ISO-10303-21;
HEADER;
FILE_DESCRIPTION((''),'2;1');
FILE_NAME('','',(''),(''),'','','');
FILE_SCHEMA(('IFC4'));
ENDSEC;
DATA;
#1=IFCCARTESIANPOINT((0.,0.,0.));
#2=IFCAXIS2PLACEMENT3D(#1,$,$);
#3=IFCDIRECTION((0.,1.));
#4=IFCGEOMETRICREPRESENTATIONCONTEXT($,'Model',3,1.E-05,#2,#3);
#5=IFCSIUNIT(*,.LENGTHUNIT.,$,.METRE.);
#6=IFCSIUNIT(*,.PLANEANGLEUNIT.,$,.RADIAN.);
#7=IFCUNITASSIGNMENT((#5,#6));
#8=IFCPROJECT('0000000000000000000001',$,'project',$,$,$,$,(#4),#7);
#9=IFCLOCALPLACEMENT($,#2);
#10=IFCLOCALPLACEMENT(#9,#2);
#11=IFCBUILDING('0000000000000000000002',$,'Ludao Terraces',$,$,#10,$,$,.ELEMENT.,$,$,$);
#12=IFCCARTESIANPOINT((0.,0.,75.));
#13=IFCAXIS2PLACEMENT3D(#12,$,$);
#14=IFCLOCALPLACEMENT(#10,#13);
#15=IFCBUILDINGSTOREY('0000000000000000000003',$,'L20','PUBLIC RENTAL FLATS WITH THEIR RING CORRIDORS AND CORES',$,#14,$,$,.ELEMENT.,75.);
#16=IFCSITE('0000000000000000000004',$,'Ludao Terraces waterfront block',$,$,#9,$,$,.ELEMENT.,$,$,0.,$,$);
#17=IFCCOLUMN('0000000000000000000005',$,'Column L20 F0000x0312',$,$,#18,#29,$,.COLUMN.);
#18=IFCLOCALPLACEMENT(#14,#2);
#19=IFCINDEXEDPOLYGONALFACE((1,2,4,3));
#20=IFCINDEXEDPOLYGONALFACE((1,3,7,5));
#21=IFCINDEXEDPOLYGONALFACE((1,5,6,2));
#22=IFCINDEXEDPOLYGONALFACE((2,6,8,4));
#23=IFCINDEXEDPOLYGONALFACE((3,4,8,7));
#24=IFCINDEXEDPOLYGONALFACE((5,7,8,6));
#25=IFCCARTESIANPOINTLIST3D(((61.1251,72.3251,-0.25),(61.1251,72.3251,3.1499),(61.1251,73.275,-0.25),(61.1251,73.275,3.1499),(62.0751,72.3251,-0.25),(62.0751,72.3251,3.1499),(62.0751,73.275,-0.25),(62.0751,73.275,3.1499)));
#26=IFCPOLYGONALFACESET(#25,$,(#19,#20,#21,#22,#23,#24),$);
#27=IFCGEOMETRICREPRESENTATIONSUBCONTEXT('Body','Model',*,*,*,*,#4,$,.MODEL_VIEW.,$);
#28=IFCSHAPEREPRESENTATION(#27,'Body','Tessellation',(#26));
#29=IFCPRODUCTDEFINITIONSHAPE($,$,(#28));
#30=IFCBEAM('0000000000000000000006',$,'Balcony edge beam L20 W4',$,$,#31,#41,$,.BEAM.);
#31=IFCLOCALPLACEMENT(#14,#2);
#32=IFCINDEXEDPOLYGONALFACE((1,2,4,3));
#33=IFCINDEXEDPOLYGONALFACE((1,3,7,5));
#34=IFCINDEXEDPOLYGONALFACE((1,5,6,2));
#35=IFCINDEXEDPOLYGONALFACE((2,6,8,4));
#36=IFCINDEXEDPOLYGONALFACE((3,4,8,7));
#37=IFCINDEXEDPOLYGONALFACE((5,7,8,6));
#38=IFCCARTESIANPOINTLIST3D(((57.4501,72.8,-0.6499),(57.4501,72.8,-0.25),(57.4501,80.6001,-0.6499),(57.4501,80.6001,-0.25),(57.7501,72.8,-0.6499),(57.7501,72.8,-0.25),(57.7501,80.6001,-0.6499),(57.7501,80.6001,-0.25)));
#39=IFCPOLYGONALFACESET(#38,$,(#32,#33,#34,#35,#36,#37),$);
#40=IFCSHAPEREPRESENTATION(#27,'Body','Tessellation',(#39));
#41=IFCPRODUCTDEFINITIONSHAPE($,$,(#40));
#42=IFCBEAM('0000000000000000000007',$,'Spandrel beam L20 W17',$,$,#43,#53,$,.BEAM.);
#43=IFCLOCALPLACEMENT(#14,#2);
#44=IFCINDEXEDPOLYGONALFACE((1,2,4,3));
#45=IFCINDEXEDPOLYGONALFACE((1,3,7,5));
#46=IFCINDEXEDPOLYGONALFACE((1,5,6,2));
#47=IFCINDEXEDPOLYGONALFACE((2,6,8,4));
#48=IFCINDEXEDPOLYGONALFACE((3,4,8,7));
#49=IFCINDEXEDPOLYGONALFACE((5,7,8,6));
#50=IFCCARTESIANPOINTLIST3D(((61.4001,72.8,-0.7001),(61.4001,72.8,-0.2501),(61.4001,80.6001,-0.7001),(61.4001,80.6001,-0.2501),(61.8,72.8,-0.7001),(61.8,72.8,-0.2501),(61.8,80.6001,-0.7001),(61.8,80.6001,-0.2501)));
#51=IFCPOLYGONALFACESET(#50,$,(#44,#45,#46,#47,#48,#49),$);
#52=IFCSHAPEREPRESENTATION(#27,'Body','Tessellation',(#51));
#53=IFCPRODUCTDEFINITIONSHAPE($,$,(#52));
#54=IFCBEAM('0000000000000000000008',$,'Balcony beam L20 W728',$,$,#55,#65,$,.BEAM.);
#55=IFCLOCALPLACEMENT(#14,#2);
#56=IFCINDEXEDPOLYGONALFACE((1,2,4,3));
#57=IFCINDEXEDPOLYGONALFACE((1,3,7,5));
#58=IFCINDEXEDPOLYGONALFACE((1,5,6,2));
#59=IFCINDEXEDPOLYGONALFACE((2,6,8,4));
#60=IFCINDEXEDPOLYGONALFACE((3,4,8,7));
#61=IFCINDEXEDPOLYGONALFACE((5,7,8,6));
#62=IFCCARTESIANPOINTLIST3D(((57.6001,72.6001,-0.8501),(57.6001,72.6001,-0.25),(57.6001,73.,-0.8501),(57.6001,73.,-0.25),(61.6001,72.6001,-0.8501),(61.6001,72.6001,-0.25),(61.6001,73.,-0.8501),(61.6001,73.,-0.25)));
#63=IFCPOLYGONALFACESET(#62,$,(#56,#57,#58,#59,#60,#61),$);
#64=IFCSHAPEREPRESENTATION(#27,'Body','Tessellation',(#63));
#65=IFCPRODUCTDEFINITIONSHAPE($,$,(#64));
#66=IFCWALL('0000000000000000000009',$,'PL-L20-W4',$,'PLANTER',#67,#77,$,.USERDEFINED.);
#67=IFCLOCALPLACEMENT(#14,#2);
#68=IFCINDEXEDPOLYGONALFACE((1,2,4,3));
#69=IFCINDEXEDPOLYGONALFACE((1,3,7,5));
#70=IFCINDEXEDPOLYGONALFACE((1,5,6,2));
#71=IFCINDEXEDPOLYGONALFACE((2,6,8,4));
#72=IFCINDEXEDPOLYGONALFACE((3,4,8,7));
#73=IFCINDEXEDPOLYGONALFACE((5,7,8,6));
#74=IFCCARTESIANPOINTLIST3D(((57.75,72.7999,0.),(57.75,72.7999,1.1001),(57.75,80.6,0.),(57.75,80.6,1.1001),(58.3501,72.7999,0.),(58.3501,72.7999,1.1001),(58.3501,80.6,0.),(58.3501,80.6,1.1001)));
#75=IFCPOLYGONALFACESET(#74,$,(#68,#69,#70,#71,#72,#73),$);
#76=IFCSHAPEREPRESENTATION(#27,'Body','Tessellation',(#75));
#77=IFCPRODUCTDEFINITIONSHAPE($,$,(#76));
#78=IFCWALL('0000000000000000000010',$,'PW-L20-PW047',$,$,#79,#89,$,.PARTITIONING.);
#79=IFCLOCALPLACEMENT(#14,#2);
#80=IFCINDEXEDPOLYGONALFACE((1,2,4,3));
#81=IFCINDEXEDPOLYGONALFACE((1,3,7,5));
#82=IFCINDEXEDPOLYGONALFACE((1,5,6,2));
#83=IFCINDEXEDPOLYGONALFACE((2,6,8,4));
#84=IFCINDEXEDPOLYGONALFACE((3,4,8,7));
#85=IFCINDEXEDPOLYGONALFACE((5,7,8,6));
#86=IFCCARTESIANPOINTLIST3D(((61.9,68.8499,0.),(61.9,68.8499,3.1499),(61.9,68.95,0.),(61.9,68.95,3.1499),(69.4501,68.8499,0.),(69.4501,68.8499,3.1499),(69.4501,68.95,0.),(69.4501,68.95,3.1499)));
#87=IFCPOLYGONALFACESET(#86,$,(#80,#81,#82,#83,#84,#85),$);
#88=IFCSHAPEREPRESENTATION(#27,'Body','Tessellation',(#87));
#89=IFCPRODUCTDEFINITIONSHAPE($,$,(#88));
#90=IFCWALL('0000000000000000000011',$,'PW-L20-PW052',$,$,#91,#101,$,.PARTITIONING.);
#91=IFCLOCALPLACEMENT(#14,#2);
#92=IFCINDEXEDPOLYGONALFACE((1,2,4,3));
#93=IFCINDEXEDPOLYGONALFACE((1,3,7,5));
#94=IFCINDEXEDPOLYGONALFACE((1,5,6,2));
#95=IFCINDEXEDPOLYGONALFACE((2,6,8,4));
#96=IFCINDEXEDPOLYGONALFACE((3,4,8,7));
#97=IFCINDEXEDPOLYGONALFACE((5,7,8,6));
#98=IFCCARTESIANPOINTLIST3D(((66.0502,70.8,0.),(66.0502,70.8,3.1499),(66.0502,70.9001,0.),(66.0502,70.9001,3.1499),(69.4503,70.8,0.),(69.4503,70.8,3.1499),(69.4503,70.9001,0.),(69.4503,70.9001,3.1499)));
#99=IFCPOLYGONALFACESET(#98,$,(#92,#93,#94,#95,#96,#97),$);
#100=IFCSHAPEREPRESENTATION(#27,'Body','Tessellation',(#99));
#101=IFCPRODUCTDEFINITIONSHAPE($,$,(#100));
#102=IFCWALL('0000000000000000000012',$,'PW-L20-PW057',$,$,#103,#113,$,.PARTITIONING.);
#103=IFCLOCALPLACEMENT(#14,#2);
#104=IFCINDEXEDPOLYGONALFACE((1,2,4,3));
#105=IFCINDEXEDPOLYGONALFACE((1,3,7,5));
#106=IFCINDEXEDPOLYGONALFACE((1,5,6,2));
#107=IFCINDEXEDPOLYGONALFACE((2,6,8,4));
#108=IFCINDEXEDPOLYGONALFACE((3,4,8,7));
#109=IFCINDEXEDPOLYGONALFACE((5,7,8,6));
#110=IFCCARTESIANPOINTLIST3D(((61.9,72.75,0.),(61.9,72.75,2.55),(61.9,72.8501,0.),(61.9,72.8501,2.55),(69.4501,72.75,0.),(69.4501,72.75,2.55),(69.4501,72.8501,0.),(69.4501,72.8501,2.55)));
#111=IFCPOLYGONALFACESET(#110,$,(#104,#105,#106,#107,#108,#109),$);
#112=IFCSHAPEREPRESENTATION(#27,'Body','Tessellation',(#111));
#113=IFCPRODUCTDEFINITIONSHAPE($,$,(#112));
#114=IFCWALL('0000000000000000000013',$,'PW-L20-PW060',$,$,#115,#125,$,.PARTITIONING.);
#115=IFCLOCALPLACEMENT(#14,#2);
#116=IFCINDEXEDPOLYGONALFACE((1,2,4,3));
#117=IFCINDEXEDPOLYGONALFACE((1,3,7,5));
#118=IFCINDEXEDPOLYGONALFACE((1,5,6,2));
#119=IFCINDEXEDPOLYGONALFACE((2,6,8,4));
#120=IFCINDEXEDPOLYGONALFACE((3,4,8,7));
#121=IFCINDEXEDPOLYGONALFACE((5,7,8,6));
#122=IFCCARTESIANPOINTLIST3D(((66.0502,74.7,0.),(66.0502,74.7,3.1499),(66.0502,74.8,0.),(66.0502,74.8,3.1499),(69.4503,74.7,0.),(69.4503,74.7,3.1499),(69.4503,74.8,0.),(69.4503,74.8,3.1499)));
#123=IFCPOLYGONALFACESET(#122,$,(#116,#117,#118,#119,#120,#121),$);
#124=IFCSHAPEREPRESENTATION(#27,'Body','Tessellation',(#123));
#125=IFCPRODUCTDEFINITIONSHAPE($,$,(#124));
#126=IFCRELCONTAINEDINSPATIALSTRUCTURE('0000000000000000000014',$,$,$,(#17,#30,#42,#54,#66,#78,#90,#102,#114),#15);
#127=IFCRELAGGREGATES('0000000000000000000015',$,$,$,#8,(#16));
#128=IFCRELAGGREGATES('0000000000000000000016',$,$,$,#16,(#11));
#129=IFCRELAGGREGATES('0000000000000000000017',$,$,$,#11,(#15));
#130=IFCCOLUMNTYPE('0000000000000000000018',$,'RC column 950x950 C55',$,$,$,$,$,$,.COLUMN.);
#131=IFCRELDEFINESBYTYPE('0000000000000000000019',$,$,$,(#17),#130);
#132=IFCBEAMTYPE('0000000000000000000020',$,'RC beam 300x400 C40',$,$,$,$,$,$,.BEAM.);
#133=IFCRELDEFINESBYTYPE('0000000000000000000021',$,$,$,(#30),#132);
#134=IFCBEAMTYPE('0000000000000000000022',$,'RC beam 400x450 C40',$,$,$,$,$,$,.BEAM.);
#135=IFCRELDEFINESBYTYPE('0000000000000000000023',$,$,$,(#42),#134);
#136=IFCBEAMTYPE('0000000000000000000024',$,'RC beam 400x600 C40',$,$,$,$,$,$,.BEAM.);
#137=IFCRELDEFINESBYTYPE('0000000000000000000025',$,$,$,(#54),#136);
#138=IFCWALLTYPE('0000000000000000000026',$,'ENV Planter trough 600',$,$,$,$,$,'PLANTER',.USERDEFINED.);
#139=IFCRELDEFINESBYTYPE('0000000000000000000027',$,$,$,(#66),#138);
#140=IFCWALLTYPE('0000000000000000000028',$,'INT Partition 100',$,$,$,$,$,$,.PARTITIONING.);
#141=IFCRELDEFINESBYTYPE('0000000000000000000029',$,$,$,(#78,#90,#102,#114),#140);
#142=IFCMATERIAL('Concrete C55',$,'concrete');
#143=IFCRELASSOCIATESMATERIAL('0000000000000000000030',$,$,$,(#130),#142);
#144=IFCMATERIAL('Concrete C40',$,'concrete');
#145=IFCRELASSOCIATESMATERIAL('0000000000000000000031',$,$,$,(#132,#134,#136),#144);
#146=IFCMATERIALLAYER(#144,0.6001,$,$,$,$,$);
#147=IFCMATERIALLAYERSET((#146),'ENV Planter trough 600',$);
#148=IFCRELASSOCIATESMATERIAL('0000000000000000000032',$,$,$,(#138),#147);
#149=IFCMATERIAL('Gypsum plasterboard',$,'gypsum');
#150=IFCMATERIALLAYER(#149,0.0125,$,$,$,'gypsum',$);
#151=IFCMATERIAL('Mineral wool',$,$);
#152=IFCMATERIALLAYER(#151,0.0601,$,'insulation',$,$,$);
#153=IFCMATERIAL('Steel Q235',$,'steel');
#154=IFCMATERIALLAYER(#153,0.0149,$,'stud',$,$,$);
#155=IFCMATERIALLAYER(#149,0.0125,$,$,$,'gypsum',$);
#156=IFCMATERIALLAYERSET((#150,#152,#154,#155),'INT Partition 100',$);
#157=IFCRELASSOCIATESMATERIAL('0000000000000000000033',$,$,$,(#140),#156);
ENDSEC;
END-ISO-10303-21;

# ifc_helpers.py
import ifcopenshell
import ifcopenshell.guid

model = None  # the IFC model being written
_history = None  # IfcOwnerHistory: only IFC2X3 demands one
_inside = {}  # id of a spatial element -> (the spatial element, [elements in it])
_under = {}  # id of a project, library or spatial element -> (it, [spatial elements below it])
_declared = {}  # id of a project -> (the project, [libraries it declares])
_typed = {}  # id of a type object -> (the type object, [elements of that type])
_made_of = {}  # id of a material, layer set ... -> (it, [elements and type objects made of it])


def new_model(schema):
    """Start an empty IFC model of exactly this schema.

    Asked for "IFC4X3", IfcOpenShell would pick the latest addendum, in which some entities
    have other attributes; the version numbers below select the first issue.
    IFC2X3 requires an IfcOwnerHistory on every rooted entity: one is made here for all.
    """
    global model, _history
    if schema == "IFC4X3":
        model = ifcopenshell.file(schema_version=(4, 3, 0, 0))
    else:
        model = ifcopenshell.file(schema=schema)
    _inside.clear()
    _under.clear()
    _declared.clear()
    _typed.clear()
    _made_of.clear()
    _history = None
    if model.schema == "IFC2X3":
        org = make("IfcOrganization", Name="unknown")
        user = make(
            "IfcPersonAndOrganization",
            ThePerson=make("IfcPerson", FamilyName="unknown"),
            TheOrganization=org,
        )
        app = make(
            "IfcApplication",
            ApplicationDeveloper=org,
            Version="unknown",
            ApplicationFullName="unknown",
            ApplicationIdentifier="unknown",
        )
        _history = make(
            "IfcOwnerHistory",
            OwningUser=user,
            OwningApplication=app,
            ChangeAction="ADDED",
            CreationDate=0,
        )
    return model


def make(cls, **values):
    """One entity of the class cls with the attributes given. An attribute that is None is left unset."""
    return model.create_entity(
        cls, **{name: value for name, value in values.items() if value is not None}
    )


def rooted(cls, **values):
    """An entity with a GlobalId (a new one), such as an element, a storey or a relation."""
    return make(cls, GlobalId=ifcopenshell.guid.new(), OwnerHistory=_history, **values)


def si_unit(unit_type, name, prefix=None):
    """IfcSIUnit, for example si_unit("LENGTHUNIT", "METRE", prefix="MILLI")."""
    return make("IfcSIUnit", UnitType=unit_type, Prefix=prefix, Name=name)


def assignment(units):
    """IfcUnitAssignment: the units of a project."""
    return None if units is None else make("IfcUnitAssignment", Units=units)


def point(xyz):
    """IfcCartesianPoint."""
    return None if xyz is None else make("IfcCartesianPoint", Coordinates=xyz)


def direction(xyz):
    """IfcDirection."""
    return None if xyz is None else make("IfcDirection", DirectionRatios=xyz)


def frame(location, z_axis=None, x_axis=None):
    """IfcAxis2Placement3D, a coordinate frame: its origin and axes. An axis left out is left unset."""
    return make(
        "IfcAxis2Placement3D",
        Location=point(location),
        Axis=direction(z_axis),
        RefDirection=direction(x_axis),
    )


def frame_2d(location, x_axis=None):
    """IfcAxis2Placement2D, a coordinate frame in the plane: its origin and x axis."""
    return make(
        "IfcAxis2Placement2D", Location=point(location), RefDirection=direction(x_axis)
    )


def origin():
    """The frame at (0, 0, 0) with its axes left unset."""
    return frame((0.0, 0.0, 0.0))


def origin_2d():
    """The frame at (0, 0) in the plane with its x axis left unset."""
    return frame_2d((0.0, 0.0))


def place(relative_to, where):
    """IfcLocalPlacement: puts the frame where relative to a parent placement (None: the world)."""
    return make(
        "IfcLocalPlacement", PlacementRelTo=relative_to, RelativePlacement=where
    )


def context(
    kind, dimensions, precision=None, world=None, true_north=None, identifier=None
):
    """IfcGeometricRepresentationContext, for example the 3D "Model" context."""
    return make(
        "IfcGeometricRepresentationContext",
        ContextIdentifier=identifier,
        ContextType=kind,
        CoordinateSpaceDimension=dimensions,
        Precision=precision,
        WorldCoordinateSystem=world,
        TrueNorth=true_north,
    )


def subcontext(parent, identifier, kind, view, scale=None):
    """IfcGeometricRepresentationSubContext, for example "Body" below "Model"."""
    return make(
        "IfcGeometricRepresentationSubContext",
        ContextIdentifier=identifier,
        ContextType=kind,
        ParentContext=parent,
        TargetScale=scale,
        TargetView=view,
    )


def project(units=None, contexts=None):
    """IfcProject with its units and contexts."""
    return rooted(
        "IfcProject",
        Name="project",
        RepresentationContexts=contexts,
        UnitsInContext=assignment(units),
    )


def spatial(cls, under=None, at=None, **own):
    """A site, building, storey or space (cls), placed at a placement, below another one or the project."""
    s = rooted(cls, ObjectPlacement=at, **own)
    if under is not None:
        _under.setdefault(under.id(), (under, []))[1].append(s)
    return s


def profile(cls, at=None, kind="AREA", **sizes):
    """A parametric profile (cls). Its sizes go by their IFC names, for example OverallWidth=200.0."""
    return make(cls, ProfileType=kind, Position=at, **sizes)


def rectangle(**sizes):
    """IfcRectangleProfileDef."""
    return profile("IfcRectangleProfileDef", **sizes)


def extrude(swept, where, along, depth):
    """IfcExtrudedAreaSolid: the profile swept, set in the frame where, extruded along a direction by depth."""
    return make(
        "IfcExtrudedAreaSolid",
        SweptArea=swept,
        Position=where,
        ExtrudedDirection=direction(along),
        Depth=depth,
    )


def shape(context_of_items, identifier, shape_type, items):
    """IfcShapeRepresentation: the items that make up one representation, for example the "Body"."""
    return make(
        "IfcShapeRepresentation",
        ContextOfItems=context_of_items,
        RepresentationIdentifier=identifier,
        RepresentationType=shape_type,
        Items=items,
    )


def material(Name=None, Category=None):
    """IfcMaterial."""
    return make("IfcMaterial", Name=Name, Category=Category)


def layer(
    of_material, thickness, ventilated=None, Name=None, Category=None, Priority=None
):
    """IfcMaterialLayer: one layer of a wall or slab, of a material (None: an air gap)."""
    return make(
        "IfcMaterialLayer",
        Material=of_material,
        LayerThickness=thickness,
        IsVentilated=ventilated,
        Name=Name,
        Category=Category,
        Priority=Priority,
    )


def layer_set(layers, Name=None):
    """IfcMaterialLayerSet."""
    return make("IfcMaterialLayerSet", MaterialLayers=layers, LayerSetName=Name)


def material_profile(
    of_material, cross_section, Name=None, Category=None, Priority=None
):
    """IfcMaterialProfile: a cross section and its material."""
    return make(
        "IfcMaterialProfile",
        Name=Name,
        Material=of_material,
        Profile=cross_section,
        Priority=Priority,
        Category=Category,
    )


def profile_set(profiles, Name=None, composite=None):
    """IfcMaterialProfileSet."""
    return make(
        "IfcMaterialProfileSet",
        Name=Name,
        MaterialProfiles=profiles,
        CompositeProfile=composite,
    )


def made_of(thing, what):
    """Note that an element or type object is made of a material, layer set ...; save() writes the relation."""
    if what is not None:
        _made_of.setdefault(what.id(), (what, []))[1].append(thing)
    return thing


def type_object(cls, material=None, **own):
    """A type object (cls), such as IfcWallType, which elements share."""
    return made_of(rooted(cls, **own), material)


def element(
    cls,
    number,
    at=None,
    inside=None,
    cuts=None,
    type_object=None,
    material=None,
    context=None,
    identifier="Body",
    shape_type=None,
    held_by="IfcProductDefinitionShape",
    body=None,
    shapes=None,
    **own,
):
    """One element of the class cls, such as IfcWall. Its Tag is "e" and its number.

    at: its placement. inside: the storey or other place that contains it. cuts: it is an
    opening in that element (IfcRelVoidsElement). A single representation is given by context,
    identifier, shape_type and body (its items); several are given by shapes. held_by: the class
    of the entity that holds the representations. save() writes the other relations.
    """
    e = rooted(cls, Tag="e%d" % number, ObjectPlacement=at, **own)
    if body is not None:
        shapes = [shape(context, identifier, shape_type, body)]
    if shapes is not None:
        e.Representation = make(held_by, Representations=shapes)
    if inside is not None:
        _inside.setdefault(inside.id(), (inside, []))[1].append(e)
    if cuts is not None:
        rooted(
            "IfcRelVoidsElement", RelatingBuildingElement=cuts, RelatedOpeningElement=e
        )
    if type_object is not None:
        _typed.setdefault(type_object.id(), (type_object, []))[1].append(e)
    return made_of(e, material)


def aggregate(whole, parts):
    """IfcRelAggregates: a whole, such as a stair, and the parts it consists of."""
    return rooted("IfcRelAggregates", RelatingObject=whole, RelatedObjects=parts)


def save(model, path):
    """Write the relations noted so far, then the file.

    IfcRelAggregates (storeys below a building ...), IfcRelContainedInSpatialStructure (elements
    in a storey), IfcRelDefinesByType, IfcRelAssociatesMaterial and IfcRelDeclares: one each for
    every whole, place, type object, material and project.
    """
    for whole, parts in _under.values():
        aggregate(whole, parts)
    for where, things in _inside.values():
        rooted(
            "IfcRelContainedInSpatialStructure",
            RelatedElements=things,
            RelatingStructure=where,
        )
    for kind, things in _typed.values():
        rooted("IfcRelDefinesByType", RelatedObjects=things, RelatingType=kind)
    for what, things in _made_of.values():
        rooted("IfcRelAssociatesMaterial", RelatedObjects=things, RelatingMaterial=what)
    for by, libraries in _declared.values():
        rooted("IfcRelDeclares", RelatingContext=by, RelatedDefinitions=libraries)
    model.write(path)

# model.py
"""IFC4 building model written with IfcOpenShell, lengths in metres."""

from ifc_helpers import new_model, si_unit, direction, frame, frame_2d, origin, origin_2d, place, context, subcontext, project, spatial, rectangle, extrude, material, layer, layer_set, material_profile, profile_set, type_object, element, save


model = new_model("IFC4")

# Units and contexts
model_context = context("Model", 3, precision=1e-05, world=origin(), true_north=direction((0.0, 1.0)))
body_context = subcontext(model_context, "Body", "Model", "MODEL_VIEW")
ifc_project = project(units=[si_unit("LENGTHUNIT", "METRE"), si_unit("PLANEANGLEUNIT", "RADIAN")], contexts=[model_context])

# Site, building, storey
site_placement = place(None, origin())
site = spatial("IfcSite", under=ifc_project, at=site_placement, Name="Ludao Terraces waterfront block", CompositionType="ELEMENT", RefElevation=0.0)
building_placement = place(site_placement, origin())
building = spatial("IfcBuilding", under=site, at=building_placement, Name="Ludao Terraces", CompositionType="ELEMENT")
storey_placement = place(building_placement, frame((0.0, 0.0, 75.0)))
storey = spatial("IfcBuildingStorey", under=building, at=storey_placement, Name="L20", Description="PUBLIC RENTAL FLATS WITH THEIR RING CORRIDORS AND CORES", CompositionType="ELEMENT", Elevation=75.0)

# Column
ifc_material_1 = material(Name="Concrete C55", Category="concrete")
ifc_material_profile_1 = material_profile(ifc_material_1, rectangle(XDim=0.95, YDim=0.95, at=origin_2d()), Name="950 X 950")
ifc_profile_set_1 = profile_set([ifc_material_profile_1], Name="Concrete C55")
column_type = type_object("IfcColumnType", Name="RC column 950x950 C55", PredefinedType="COLUMN", material=ifc_profile_set_1)
column_placement = place(storey_placement, frame((61.6001, 72.8, -0.25), z_axis=(0.0, 0.0, 1.0), x_axis=(1.0, 0.0, 0.0)))
element("IfcColumn", 1, at=column_placement, inside=storey, type_object=column_type, Name="Column L20 F0000x0312", PredefinedType="COLUMN", context=body_context, shape_type="SweptSolid", body=[
    extrude(rectangle(XDim=0.95, YDim=0.95, at=origin_2d()), origin(), (0.0, 0.0, 1.0), 3.3999),
])

# Beams
ifc_material_2 = material(Name="Concrete C40", Category="concrete")
ifc_material_profile_2 = material_profile(ifc_material_2, rectangle(XDim=0.3, YDim=0.3999, at=origin_2d()), Name="300 X 400")
ifc_profile_set_2 = profile_set([ifc_material_profile_2], Name="Concrete C40")
beam_type_1 = type_object("IfcBeamType", Name="RC beam 300x400 C40", PredefinedType="BEAM", material=ifc_profile_set_2)
beam_1_placement = place(storey_placement, frame((57.6001, 72.8, -0.45), z_axis=(0.0, 1.0, 0.0), x_axis=(-1.0, 0.0, 0.0)))
element("IfcBeam", 2, at=beam_1_placement, inside=storey, type_object=beam_type_1, Name="Balcony edge beam L20 W4", PredefinedType="BEAM", context=body_context, shape_type="SweptSolid", body=[
    extrude(rectangle(XDim=0.3, YDim=0.3999, at=origin_2d()), origin(), (0.0, 0.0, 1.0), 7.8),
])
ifc_material_profile_3 = material_profile(ifc_material_2, rectangle(XDim=0.3999, YDim=0.45, at=origin_2d()), Name="400 X 450")
ifc_profile_set_3 = profile_set([ifc_material_profile_3], Name="Concrete C40")
beam_type_2 = type_object("IfcBeamType", Name="RC beam 400x450 C40", PredefinedType="BEAM", material=ifc_profile_set_3)
beam_2_placement = place(storey_placement, frame((61.6001, 72.8, -0.4751), z_axis=(0.0, 1.0, 0.0), x_axis=(-1.0, 0.0, 0.0)))
element("IfcBeam", 3, at=beam_2_placement, inside=storey, type_object=beam_type_2, Name="Spandrel beam L20 W17", PredefinedType="BEAM", context=body_context, shape_type="SweptSolid", body=[
    extrude(rectangle(XDim=0.3999, YDim=0.45, at=origin_2d()), origin(), (0.0, 0.0, 1.0), 7.8),
])
ifc_material_profile_4 = material_profile(ifc_material_2, rectangle(XDim=0.3999, YDim=0.6001, at=origin_2d()), Name="400 X 600")
ifc_profile_set_4 = profile_set([ifc_material_profile_4], Name="Concrete C40")
beam_type_3 = type_object("IfcBeamType", Name="RC beam 400x600 C40", PredefinedType="BEAM", material=ifc_profile_set_4)
beam_3_placement = place(storey_placement, frame((61.6001, 72.8, -0.55), z_axis=(-1.0, 0.0, 0.0), x_axis=(0.0, -1.0, 0.0)))
element("IfcBeam", 4, at=beam_3_placement, inside=storey, type_object=beam_type_3, Name="Balcony beam L20 W728", PredefinedType="BEAM", context=body_context, shape_type="SweptSolid", body=[
    extrude(rectangle(XDim=0.3999, YDim=0.6001, at=origin_2d()), origin(), (0.0, 0.0, 1.0), 4.0),
])

# Wall
ifc_layer_1 = layer(ifc_material_2, 0.6001)
ifc_layer_set_1 = layer_set([ifc_layer_1], Name="ENV Planter trough 600")
wall_type_1 = type_object("IfcWallType", Name="ENV Planter trough 600", ElementType="PLANTER", PredefinedType="USERDEFINED", material=ifc_layer_set_1)
wall_1_placement = place(storey_placement, frame((58.05, 72.8, 0.0), z_axis=(0.0, 0.0, 1.0), x_axis=(0.0, 1.0, 0.0)))
element("IfcWall", 5, at=wall_1_placement, inside=storey, type_object=wall_type_1, Name="PL-L20-W4", ObjectType="PLANTER", PredefinedType="USERDEFINED", context=body_context, shape_type="SweptSolid", body=[
    extrude(rectangle(XDim=7.8, YDim=0.6001, at=frame_2d((3.8999, 0.0))), origin(), (0.0, 0.0, 1.0), 1.1001),
])

# Shared definitions
ifc_material_3 = material(Name="Mineral wool")

# Walls
ifc_material_4 = material(Name="Gypsum plasterboard", Category="gypsum")
ifc_layer_2 = layer(ifc_material_4, 0.0125, Category="gypsum")
ifc_layer_3 = layer(ifc_material_3, 0.0601, Name="insulation")
ifc_material_5 = material(Name="Steel Q235", Category="steel")
ifc_layer_4 = layer(ifc_material_5, 0.0149, Name="stud")
ifc_layer_5 = layer(ifc_material_4, 0.0125, Category="gypsum")
ifc_layer_set_2 = layer_set([ifc_layer_2, ifc_layer_3, ifc_layer_4, ifc_layer_5], Name="INT Partition 100")
wall_type_2 = type_object("IfcWallType", Name="INT Partition 100", PredefinedType="PARTITIONING", material=ifc_layer_set_2)
wall_2_placement = place(storey_placement, frame((61.9001, 68.8999, 0.0), z_axis=(0.0, 0.0, 1.0), x_axis=(1.0, 0.0, 0.0)))
element("IfcWall", 6, at=wall_2_placement, inside=storey, type_object=wall_type_2, Name="PW-L20-PW047", PredefinedType="PARTITIONING", context=body_context, shape_type="SweptSolid", body=[
    extrude(rectangle(XDim=7.55, YDim=0.1001, at=frame_2d((3.7749, 0.0))), origin(), (0.0, 0.0, 1.0), 3.1499),
])
wall_3_placement = place(storey_placement, frame((66.05, 70.8501, 0.0), z_axis=(0.0, 0.0, 1.0), x_axis=(1.0, 0.0, 0.0)))
element("IfcWall", 7, at=wall_3_placement, inside=storey, type_object=wall_type_2, Name="PW-L20-PW052", PredefinedType="PARTITIONING", context=body_context, shape_type="SweptSolid", body=[
    extrude(rectangle(XDim=3.4001, YDim=0.1001, at=frame_2d((1.7002, 0.0))), origin(), (0.0, 0.0, 1.0), 3.1499),
])
wall_4_placement = place(storey_placement, frame((61.9001, 72.8, 0.0), z_axis=(0.0, 0.0, 1.0), x_axis=(1.0, 0.0, 0.0)))
element("IfcWall", 8, at=wall_4_placement, inside=storey, type_object=wall_type_2, Name="PW-L20-PW057", PredefinedType="PARTITIONING", context=body_context, shape_type="SweptSolid", body=[
    extrude(rectangle(XDim=7.55, YDim=0.1001, at=frame_2d((3.7749, 0.0))), origin(), (0.0, 0.0, 1.0), 2.55),
])
wall_5_placement = place(storey_placement, frame((66.05, 74.75, 0.0), z_axis=(0.0, 0.0, 1.0), x_axis=(1.0, 0.0, 0.0)))
element("IfcWall", 9, at=wall_5_placement, inside=storey, type_object=wall_type_2, Name="PW-L20-PW060", PredefinedType="PARTITIONING", context=body_context, shape_type="SweptSolid", body=[
    extrude(rectangle(XDim=3.4001, YDim=0.1001, at=frame_2d((1.7002, 0.0))), origin(), (0.0, 0.0, 1.0), 3.1499),
])

save(model, "model.ifc")
